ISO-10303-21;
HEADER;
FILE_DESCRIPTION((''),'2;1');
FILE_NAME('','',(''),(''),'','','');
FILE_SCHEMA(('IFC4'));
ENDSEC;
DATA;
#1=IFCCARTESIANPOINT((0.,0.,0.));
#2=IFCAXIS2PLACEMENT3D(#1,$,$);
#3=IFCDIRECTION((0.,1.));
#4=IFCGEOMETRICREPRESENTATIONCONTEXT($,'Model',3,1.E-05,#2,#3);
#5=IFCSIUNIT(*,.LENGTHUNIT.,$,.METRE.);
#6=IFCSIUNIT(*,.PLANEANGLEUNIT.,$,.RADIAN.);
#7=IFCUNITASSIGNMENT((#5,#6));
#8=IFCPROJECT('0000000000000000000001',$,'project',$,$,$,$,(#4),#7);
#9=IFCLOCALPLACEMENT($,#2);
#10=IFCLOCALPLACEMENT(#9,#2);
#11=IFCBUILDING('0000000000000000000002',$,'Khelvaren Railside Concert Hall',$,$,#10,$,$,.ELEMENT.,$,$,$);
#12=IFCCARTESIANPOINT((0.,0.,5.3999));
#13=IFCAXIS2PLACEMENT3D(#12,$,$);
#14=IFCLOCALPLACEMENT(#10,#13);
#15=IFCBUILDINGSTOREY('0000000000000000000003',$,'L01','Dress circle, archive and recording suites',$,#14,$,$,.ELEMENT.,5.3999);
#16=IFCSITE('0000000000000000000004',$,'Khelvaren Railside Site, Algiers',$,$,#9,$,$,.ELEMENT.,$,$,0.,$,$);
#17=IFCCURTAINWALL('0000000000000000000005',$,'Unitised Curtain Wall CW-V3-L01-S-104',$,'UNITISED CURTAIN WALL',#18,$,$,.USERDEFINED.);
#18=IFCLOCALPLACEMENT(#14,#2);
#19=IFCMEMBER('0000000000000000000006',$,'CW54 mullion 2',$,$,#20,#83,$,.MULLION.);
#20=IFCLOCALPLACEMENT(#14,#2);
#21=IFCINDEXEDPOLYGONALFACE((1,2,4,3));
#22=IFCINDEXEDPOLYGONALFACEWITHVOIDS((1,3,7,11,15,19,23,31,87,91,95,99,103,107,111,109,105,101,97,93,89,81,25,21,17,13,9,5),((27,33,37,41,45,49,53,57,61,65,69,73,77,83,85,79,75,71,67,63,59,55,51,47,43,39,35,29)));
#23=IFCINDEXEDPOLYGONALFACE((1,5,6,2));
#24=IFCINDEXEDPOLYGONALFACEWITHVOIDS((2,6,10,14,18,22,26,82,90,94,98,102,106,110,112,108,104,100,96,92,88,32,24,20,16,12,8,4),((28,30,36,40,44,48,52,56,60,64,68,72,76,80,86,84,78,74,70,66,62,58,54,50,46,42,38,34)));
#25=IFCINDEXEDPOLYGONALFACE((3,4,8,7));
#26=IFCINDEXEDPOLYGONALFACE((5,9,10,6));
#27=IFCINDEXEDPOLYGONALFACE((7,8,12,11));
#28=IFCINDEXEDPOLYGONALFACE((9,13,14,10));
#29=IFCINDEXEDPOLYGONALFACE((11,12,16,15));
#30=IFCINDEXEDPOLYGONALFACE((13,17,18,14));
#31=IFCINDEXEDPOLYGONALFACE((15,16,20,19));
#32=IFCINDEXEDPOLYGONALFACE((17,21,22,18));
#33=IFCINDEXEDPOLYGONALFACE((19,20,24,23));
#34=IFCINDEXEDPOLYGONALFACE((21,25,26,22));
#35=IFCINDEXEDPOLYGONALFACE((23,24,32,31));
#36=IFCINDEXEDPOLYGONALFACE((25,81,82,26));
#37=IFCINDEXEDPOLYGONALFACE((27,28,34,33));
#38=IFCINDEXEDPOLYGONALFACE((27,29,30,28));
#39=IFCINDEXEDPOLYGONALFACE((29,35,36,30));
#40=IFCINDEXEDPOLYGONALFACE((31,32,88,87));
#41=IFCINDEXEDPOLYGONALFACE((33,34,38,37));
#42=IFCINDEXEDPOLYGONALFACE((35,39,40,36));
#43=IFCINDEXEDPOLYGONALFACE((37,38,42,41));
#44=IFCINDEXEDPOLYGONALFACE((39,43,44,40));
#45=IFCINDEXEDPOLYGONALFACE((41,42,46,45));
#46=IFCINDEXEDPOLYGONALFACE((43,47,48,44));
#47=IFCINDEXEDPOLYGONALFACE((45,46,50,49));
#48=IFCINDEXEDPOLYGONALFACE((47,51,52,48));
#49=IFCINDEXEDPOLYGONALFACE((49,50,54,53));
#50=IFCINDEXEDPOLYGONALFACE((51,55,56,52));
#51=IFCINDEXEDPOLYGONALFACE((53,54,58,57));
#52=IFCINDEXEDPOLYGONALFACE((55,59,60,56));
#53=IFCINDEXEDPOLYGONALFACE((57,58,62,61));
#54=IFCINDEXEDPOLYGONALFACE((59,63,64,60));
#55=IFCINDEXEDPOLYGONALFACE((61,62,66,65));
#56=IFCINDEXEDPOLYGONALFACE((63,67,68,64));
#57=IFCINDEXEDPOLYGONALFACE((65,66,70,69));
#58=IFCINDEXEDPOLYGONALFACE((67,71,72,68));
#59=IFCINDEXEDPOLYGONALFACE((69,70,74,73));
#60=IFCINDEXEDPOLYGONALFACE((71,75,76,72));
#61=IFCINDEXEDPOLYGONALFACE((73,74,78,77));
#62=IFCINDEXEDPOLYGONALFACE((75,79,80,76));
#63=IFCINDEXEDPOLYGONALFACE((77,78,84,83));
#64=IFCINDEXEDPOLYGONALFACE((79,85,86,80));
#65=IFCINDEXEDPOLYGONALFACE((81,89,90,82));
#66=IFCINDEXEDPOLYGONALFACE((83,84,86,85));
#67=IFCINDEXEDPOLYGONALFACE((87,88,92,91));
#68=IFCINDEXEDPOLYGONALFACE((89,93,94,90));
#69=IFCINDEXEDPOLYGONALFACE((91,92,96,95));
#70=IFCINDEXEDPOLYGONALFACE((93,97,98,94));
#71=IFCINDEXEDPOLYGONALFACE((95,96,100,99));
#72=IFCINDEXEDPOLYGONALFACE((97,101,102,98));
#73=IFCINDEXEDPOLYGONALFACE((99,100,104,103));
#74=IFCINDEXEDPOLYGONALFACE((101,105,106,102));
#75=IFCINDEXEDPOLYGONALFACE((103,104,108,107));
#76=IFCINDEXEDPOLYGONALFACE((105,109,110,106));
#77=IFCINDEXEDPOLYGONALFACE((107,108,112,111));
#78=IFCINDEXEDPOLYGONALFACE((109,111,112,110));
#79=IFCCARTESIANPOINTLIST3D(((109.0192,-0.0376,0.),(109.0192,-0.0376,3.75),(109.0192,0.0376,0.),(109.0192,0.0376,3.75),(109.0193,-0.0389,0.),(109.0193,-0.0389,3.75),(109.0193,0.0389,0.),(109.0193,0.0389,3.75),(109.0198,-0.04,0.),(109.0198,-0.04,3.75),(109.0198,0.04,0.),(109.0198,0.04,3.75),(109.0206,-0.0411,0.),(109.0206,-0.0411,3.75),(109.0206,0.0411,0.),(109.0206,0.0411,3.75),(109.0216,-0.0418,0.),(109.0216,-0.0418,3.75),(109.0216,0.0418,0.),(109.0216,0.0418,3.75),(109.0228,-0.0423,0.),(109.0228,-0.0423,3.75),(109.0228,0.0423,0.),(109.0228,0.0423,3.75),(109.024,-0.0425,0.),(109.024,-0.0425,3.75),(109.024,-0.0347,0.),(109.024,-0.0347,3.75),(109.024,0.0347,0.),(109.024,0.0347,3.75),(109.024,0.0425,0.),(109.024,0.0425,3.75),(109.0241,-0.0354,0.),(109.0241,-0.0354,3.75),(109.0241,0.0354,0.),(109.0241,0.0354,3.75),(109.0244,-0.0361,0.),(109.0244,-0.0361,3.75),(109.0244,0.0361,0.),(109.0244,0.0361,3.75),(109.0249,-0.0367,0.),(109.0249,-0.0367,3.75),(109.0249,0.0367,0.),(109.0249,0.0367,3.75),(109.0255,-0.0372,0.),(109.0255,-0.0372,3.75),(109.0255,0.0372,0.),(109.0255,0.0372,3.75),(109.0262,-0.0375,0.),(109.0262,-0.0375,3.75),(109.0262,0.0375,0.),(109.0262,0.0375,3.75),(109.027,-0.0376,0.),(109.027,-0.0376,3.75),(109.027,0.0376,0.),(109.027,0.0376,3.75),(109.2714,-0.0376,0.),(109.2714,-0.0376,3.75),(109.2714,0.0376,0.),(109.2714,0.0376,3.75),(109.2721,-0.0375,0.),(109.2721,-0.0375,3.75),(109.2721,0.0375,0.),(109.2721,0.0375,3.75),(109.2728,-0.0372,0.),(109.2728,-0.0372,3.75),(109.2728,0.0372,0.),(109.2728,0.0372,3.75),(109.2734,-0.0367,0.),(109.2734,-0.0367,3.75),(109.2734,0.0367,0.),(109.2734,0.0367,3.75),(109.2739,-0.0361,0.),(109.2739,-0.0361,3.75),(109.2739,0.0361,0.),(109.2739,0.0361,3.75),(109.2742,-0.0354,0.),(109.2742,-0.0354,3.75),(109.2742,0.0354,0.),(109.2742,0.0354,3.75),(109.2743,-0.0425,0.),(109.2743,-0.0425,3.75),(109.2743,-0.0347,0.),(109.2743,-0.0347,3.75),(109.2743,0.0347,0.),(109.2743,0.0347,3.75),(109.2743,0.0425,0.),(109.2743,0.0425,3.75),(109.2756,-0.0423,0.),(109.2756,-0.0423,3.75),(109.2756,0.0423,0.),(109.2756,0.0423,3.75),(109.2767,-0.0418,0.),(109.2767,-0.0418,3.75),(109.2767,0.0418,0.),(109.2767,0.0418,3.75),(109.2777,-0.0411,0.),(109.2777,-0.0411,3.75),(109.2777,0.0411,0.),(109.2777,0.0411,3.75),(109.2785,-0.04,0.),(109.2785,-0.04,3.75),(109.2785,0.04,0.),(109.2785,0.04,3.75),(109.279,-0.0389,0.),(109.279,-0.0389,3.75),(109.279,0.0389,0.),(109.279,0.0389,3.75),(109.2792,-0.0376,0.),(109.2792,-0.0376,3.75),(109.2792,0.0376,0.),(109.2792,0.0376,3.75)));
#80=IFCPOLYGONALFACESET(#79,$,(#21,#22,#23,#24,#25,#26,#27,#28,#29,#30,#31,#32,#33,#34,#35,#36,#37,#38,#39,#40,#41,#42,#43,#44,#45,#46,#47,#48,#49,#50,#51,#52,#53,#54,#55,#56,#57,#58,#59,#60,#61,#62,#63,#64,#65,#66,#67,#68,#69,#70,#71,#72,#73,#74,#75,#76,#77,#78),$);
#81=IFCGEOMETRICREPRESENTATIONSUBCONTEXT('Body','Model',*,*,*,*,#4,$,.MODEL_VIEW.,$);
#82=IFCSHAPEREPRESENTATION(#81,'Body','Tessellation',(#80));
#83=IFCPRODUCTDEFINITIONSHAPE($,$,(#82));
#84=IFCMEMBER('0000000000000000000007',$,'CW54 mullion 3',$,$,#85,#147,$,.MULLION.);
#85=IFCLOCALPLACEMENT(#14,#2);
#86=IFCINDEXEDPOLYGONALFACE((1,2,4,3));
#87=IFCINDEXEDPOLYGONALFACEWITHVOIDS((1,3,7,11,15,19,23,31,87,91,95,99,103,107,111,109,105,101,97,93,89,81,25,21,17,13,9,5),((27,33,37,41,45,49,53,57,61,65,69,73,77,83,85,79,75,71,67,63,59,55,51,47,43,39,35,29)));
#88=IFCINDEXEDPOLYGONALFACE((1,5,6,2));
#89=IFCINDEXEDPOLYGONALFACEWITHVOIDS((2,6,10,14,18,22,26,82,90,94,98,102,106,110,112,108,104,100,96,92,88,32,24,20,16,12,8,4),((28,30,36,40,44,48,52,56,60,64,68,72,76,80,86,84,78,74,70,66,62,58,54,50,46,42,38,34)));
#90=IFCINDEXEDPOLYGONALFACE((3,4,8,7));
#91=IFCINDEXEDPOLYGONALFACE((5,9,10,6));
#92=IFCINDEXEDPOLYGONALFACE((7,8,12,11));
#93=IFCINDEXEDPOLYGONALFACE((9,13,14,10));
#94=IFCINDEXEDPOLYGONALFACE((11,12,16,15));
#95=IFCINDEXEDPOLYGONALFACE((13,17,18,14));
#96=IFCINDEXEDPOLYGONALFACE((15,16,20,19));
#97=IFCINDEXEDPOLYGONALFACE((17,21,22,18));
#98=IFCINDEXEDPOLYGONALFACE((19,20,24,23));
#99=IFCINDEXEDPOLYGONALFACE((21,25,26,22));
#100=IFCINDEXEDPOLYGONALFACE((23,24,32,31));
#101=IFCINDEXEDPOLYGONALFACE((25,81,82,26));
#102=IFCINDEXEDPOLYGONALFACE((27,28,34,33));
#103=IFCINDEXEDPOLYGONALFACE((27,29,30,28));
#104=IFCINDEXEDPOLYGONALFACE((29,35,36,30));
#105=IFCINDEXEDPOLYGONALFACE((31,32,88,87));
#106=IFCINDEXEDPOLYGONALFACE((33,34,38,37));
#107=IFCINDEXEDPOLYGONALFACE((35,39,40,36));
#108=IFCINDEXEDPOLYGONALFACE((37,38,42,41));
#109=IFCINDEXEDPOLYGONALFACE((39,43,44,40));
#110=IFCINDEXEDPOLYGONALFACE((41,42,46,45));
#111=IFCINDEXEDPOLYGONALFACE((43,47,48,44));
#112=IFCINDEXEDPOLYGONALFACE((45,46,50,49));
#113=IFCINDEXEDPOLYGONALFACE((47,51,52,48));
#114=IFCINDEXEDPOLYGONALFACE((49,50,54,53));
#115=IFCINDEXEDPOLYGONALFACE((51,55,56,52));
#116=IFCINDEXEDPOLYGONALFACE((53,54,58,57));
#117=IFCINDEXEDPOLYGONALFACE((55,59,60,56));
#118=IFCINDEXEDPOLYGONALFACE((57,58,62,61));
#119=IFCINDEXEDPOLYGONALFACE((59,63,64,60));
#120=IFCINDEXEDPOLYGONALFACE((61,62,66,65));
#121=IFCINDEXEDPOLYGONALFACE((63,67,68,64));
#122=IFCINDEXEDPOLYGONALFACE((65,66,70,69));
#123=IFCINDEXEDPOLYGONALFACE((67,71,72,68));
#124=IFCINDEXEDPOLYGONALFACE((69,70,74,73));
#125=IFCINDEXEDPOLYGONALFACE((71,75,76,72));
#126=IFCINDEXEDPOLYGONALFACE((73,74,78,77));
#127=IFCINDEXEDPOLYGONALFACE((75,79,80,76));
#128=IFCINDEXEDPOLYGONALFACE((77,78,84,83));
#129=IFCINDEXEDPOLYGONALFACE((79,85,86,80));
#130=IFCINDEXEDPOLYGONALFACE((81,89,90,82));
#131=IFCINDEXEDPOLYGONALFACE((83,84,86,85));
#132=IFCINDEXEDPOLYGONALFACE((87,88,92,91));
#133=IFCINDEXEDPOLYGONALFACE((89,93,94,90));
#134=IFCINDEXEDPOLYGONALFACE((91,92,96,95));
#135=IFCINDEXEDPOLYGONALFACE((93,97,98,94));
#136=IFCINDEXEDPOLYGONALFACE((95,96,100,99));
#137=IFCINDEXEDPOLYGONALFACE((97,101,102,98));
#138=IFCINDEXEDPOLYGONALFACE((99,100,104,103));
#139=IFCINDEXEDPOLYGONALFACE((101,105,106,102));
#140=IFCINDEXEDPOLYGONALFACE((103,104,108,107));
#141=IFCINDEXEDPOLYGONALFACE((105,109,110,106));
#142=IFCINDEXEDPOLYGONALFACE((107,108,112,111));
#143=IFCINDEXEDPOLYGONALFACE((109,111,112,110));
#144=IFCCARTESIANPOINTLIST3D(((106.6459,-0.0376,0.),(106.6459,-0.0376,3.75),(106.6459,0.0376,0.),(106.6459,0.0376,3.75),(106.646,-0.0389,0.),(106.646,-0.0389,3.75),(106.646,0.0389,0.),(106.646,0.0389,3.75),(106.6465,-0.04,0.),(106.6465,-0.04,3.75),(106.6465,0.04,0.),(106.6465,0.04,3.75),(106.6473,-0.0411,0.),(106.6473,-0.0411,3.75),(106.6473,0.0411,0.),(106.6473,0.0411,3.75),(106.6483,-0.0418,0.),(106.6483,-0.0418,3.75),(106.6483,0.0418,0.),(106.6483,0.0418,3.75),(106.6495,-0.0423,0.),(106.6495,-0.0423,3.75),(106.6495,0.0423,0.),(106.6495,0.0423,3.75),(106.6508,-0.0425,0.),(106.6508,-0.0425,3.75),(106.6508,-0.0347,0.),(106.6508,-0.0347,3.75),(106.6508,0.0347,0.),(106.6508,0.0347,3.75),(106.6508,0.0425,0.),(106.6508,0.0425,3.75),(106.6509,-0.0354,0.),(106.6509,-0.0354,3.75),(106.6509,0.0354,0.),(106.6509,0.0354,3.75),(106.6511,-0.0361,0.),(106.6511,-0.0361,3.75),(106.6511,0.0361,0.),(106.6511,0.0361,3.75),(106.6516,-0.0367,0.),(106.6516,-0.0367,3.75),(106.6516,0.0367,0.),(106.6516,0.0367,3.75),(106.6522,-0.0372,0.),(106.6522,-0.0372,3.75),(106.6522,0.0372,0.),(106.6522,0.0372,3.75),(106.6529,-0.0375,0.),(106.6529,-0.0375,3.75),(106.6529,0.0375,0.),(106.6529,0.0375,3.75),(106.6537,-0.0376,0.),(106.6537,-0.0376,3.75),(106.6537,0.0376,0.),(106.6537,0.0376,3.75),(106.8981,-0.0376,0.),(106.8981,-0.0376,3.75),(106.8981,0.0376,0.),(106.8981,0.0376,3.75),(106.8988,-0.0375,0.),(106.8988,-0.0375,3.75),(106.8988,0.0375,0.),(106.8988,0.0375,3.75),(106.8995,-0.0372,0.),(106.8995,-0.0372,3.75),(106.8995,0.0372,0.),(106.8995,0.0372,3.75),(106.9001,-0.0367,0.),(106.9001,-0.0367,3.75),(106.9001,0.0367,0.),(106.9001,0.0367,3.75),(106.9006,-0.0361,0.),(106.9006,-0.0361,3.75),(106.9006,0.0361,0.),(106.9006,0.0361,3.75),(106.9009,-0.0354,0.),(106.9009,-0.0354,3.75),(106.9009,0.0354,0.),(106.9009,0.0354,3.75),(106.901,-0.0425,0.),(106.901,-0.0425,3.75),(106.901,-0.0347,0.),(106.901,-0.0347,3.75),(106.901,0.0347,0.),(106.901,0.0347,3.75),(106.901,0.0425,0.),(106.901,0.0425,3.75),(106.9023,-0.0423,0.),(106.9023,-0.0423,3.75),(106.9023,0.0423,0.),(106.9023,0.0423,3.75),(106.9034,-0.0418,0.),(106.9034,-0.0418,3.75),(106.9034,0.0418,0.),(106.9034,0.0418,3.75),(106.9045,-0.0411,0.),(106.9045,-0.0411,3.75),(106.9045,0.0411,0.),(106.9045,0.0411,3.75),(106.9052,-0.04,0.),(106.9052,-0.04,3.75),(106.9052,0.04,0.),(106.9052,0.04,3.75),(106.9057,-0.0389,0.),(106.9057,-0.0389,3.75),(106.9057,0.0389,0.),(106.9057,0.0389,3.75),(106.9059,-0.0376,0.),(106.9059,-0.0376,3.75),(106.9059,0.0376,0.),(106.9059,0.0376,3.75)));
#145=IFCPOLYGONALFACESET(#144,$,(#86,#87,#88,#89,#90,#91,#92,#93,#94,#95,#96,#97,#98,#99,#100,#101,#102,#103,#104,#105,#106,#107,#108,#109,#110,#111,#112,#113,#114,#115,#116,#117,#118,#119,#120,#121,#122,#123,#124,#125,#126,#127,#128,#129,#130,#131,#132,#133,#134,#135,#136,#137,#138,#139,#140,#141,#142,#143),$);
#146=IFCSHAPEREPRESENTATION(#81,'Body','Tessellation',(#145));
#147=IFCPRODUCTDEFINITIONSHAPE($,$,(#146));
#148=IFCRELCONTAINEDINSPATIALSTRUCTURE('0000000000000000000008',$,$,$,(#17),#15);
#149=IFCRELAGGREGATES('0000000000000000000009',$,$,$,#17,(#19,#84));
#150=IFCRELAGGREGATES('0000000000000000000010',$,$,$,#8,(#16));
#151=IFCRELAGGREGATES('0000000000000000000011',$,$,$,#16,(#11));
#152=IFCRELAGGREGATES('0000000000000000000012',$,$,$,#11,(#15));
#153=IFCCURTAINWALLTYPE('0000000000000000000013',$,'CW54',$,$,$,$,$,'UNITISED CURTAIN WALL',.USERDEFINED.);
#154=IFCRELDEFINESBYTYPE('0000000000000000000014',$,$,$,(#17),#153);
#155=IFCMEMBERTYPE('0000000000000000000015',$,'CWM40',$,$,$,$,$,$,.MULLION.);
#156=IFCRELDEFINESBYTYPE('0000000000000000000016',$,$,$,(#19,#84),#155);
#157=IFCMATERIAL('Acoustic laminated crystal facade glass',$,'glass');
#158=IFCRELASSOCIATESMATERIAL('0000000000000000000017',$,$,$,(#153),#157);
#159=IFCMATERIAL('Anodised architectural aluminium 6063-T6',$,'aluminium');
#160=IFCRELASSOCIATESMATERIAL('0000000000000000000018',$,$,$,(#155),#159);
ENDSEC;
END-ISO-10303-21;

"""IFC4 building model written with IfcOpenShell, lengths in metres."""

from ifc_helpers import new_model, si_unit, direction, frame, origin, origin_2d, place, context, subcontext, project, spatial, hollow_rectangle, extrude, material, material_profile, profile_set, type_object, element, aggregate, save


model = new_model("IFC4")

# Units and contexts
model_context = context("Model", 3, precision=1e-05, world=origin(), true_north=direction((0.0, 1.0)))
body_context = subcontext(model_context, "Body", "Model", "MODEL_VIEW")
ifc_project = project(units=[si_unit("LENGTHUNIT", "METRE"), si_unit("PLANEANGLEUNIT", "RADIAN")], contexts=[model_context])

# Site, building, storey
site_placement = place(None, origin())
site = spatial("IfcSite", under=ifc_project, at=site_placement, Name="Khelvaren Railside Site, Algiers", CompositionType="ELEMENT", RefElevation=0.0)
building_placement = place(site_placement, origin())
building = spatial("IfcBuilding", under=site, at=building_placement, Name="Khelvaren Railside Concert Hall", CompositionType="ELEMENT")
storey_placement = place(building_placement, frame((0.0, 0.0, 5.3999)))
storey = spatial("IfcBuildingStorey", under=building, at=storey_placement, Name="L01", Description="Dress circle, archive and recording suites", CompositionType="ELEMENT", Elevation=5.3999)

# Curtain wall, members
ifc_material_1 = material(Name="Acoustic laminated crystal facade glass", Category="glass")
curtain_wall_type = type_object("IfcCurtainWallType", Name="CW54", ElementType="UNITISED CURTAIN WALL", PredefinedType="USERDEFINED", material=ifc_material_1)
curtain_wall_placement = place(storey_placement, origin())
curtain_wall = element("IfcCurtainWall", 1, at=curtain_wall_placement, inside=storey, type_object=curtain_wall_type, Name="Unitised Curtain Wall CW-V3-L01-S-104", ObjectType="UNITISED CURTAIN WALL", PredefinedType="USERDEFINED")
ifc_material_2 = material(Name="Anodised architectural aluminium 6063-T6", Category="aluminium")
ifc_material_profile_1 = material_profile(ifc_material_2, hollow_rectangle(XDim=0.085, YDim=0.26, WallThickness=0.0049, InnerFilletRadius=0.0029, OuterFilletRadius=0.0049, at=origin_2d()), Name="CWM 85x260x5")
ifc_profile_set_1 = profile_set([ifc_material_profile_1], Name="Anodised architectural aluminium 6063-T6")
member_type_1 = type_object("IfcMemberType", Name="CWM40", PredefinedType="MULLION", material=ifc_profile_set_1)
member_1_placement = place(storey_placement, frame((109.1492, 0.0, 0.0), z_axis=(0.0, 0.0, 1.0), x_axis=(0.0, -1.0, 0.0)))
member_1 = element("IfcMember", 2, at=member_1_placement, type_object=member_type_1, Name="CW54 mullion 2", PredefinedType="MULLION", context=body_context, shape_type="SweptSolid", body=[
    extrude(hollow_rectangle(XDim=0.085, YDim=0.26, WallThickness=0.0049, InnerFilletRadius=0.0029, OuterFilletRadius=0.0049, at=origin_2d()), origin(), (0.0, 0.0, 1.0), 3.75),
])
member_2_placement = place(storey_placement, frame((106.7759, 0.0, 0.0), z_axis=(0.0, 0.0, 1.0), x_axis=(0.0, -1.0, 0.0)))
member_2 = element("IfcMember", 3, at=member_2_placement, type_object=member_type_1, Name="CW54 mullion 3", PredefinedType="MULLION", context=body_context, shape_type="SweptSolid", body=[
    extrude(hollow_rectangle(XDim=0.085, YDim=0.26, WallThickness=0.0049, InnerFilletRadius=0.0029, OuterFilletRadius=0.0049, at=origin_2d()), origin(), (0.0, 0.0, 1.0), 3.75),
])

aggregate(curtain_wall, [member_1, member_2])

save(model, "model.ifc")
